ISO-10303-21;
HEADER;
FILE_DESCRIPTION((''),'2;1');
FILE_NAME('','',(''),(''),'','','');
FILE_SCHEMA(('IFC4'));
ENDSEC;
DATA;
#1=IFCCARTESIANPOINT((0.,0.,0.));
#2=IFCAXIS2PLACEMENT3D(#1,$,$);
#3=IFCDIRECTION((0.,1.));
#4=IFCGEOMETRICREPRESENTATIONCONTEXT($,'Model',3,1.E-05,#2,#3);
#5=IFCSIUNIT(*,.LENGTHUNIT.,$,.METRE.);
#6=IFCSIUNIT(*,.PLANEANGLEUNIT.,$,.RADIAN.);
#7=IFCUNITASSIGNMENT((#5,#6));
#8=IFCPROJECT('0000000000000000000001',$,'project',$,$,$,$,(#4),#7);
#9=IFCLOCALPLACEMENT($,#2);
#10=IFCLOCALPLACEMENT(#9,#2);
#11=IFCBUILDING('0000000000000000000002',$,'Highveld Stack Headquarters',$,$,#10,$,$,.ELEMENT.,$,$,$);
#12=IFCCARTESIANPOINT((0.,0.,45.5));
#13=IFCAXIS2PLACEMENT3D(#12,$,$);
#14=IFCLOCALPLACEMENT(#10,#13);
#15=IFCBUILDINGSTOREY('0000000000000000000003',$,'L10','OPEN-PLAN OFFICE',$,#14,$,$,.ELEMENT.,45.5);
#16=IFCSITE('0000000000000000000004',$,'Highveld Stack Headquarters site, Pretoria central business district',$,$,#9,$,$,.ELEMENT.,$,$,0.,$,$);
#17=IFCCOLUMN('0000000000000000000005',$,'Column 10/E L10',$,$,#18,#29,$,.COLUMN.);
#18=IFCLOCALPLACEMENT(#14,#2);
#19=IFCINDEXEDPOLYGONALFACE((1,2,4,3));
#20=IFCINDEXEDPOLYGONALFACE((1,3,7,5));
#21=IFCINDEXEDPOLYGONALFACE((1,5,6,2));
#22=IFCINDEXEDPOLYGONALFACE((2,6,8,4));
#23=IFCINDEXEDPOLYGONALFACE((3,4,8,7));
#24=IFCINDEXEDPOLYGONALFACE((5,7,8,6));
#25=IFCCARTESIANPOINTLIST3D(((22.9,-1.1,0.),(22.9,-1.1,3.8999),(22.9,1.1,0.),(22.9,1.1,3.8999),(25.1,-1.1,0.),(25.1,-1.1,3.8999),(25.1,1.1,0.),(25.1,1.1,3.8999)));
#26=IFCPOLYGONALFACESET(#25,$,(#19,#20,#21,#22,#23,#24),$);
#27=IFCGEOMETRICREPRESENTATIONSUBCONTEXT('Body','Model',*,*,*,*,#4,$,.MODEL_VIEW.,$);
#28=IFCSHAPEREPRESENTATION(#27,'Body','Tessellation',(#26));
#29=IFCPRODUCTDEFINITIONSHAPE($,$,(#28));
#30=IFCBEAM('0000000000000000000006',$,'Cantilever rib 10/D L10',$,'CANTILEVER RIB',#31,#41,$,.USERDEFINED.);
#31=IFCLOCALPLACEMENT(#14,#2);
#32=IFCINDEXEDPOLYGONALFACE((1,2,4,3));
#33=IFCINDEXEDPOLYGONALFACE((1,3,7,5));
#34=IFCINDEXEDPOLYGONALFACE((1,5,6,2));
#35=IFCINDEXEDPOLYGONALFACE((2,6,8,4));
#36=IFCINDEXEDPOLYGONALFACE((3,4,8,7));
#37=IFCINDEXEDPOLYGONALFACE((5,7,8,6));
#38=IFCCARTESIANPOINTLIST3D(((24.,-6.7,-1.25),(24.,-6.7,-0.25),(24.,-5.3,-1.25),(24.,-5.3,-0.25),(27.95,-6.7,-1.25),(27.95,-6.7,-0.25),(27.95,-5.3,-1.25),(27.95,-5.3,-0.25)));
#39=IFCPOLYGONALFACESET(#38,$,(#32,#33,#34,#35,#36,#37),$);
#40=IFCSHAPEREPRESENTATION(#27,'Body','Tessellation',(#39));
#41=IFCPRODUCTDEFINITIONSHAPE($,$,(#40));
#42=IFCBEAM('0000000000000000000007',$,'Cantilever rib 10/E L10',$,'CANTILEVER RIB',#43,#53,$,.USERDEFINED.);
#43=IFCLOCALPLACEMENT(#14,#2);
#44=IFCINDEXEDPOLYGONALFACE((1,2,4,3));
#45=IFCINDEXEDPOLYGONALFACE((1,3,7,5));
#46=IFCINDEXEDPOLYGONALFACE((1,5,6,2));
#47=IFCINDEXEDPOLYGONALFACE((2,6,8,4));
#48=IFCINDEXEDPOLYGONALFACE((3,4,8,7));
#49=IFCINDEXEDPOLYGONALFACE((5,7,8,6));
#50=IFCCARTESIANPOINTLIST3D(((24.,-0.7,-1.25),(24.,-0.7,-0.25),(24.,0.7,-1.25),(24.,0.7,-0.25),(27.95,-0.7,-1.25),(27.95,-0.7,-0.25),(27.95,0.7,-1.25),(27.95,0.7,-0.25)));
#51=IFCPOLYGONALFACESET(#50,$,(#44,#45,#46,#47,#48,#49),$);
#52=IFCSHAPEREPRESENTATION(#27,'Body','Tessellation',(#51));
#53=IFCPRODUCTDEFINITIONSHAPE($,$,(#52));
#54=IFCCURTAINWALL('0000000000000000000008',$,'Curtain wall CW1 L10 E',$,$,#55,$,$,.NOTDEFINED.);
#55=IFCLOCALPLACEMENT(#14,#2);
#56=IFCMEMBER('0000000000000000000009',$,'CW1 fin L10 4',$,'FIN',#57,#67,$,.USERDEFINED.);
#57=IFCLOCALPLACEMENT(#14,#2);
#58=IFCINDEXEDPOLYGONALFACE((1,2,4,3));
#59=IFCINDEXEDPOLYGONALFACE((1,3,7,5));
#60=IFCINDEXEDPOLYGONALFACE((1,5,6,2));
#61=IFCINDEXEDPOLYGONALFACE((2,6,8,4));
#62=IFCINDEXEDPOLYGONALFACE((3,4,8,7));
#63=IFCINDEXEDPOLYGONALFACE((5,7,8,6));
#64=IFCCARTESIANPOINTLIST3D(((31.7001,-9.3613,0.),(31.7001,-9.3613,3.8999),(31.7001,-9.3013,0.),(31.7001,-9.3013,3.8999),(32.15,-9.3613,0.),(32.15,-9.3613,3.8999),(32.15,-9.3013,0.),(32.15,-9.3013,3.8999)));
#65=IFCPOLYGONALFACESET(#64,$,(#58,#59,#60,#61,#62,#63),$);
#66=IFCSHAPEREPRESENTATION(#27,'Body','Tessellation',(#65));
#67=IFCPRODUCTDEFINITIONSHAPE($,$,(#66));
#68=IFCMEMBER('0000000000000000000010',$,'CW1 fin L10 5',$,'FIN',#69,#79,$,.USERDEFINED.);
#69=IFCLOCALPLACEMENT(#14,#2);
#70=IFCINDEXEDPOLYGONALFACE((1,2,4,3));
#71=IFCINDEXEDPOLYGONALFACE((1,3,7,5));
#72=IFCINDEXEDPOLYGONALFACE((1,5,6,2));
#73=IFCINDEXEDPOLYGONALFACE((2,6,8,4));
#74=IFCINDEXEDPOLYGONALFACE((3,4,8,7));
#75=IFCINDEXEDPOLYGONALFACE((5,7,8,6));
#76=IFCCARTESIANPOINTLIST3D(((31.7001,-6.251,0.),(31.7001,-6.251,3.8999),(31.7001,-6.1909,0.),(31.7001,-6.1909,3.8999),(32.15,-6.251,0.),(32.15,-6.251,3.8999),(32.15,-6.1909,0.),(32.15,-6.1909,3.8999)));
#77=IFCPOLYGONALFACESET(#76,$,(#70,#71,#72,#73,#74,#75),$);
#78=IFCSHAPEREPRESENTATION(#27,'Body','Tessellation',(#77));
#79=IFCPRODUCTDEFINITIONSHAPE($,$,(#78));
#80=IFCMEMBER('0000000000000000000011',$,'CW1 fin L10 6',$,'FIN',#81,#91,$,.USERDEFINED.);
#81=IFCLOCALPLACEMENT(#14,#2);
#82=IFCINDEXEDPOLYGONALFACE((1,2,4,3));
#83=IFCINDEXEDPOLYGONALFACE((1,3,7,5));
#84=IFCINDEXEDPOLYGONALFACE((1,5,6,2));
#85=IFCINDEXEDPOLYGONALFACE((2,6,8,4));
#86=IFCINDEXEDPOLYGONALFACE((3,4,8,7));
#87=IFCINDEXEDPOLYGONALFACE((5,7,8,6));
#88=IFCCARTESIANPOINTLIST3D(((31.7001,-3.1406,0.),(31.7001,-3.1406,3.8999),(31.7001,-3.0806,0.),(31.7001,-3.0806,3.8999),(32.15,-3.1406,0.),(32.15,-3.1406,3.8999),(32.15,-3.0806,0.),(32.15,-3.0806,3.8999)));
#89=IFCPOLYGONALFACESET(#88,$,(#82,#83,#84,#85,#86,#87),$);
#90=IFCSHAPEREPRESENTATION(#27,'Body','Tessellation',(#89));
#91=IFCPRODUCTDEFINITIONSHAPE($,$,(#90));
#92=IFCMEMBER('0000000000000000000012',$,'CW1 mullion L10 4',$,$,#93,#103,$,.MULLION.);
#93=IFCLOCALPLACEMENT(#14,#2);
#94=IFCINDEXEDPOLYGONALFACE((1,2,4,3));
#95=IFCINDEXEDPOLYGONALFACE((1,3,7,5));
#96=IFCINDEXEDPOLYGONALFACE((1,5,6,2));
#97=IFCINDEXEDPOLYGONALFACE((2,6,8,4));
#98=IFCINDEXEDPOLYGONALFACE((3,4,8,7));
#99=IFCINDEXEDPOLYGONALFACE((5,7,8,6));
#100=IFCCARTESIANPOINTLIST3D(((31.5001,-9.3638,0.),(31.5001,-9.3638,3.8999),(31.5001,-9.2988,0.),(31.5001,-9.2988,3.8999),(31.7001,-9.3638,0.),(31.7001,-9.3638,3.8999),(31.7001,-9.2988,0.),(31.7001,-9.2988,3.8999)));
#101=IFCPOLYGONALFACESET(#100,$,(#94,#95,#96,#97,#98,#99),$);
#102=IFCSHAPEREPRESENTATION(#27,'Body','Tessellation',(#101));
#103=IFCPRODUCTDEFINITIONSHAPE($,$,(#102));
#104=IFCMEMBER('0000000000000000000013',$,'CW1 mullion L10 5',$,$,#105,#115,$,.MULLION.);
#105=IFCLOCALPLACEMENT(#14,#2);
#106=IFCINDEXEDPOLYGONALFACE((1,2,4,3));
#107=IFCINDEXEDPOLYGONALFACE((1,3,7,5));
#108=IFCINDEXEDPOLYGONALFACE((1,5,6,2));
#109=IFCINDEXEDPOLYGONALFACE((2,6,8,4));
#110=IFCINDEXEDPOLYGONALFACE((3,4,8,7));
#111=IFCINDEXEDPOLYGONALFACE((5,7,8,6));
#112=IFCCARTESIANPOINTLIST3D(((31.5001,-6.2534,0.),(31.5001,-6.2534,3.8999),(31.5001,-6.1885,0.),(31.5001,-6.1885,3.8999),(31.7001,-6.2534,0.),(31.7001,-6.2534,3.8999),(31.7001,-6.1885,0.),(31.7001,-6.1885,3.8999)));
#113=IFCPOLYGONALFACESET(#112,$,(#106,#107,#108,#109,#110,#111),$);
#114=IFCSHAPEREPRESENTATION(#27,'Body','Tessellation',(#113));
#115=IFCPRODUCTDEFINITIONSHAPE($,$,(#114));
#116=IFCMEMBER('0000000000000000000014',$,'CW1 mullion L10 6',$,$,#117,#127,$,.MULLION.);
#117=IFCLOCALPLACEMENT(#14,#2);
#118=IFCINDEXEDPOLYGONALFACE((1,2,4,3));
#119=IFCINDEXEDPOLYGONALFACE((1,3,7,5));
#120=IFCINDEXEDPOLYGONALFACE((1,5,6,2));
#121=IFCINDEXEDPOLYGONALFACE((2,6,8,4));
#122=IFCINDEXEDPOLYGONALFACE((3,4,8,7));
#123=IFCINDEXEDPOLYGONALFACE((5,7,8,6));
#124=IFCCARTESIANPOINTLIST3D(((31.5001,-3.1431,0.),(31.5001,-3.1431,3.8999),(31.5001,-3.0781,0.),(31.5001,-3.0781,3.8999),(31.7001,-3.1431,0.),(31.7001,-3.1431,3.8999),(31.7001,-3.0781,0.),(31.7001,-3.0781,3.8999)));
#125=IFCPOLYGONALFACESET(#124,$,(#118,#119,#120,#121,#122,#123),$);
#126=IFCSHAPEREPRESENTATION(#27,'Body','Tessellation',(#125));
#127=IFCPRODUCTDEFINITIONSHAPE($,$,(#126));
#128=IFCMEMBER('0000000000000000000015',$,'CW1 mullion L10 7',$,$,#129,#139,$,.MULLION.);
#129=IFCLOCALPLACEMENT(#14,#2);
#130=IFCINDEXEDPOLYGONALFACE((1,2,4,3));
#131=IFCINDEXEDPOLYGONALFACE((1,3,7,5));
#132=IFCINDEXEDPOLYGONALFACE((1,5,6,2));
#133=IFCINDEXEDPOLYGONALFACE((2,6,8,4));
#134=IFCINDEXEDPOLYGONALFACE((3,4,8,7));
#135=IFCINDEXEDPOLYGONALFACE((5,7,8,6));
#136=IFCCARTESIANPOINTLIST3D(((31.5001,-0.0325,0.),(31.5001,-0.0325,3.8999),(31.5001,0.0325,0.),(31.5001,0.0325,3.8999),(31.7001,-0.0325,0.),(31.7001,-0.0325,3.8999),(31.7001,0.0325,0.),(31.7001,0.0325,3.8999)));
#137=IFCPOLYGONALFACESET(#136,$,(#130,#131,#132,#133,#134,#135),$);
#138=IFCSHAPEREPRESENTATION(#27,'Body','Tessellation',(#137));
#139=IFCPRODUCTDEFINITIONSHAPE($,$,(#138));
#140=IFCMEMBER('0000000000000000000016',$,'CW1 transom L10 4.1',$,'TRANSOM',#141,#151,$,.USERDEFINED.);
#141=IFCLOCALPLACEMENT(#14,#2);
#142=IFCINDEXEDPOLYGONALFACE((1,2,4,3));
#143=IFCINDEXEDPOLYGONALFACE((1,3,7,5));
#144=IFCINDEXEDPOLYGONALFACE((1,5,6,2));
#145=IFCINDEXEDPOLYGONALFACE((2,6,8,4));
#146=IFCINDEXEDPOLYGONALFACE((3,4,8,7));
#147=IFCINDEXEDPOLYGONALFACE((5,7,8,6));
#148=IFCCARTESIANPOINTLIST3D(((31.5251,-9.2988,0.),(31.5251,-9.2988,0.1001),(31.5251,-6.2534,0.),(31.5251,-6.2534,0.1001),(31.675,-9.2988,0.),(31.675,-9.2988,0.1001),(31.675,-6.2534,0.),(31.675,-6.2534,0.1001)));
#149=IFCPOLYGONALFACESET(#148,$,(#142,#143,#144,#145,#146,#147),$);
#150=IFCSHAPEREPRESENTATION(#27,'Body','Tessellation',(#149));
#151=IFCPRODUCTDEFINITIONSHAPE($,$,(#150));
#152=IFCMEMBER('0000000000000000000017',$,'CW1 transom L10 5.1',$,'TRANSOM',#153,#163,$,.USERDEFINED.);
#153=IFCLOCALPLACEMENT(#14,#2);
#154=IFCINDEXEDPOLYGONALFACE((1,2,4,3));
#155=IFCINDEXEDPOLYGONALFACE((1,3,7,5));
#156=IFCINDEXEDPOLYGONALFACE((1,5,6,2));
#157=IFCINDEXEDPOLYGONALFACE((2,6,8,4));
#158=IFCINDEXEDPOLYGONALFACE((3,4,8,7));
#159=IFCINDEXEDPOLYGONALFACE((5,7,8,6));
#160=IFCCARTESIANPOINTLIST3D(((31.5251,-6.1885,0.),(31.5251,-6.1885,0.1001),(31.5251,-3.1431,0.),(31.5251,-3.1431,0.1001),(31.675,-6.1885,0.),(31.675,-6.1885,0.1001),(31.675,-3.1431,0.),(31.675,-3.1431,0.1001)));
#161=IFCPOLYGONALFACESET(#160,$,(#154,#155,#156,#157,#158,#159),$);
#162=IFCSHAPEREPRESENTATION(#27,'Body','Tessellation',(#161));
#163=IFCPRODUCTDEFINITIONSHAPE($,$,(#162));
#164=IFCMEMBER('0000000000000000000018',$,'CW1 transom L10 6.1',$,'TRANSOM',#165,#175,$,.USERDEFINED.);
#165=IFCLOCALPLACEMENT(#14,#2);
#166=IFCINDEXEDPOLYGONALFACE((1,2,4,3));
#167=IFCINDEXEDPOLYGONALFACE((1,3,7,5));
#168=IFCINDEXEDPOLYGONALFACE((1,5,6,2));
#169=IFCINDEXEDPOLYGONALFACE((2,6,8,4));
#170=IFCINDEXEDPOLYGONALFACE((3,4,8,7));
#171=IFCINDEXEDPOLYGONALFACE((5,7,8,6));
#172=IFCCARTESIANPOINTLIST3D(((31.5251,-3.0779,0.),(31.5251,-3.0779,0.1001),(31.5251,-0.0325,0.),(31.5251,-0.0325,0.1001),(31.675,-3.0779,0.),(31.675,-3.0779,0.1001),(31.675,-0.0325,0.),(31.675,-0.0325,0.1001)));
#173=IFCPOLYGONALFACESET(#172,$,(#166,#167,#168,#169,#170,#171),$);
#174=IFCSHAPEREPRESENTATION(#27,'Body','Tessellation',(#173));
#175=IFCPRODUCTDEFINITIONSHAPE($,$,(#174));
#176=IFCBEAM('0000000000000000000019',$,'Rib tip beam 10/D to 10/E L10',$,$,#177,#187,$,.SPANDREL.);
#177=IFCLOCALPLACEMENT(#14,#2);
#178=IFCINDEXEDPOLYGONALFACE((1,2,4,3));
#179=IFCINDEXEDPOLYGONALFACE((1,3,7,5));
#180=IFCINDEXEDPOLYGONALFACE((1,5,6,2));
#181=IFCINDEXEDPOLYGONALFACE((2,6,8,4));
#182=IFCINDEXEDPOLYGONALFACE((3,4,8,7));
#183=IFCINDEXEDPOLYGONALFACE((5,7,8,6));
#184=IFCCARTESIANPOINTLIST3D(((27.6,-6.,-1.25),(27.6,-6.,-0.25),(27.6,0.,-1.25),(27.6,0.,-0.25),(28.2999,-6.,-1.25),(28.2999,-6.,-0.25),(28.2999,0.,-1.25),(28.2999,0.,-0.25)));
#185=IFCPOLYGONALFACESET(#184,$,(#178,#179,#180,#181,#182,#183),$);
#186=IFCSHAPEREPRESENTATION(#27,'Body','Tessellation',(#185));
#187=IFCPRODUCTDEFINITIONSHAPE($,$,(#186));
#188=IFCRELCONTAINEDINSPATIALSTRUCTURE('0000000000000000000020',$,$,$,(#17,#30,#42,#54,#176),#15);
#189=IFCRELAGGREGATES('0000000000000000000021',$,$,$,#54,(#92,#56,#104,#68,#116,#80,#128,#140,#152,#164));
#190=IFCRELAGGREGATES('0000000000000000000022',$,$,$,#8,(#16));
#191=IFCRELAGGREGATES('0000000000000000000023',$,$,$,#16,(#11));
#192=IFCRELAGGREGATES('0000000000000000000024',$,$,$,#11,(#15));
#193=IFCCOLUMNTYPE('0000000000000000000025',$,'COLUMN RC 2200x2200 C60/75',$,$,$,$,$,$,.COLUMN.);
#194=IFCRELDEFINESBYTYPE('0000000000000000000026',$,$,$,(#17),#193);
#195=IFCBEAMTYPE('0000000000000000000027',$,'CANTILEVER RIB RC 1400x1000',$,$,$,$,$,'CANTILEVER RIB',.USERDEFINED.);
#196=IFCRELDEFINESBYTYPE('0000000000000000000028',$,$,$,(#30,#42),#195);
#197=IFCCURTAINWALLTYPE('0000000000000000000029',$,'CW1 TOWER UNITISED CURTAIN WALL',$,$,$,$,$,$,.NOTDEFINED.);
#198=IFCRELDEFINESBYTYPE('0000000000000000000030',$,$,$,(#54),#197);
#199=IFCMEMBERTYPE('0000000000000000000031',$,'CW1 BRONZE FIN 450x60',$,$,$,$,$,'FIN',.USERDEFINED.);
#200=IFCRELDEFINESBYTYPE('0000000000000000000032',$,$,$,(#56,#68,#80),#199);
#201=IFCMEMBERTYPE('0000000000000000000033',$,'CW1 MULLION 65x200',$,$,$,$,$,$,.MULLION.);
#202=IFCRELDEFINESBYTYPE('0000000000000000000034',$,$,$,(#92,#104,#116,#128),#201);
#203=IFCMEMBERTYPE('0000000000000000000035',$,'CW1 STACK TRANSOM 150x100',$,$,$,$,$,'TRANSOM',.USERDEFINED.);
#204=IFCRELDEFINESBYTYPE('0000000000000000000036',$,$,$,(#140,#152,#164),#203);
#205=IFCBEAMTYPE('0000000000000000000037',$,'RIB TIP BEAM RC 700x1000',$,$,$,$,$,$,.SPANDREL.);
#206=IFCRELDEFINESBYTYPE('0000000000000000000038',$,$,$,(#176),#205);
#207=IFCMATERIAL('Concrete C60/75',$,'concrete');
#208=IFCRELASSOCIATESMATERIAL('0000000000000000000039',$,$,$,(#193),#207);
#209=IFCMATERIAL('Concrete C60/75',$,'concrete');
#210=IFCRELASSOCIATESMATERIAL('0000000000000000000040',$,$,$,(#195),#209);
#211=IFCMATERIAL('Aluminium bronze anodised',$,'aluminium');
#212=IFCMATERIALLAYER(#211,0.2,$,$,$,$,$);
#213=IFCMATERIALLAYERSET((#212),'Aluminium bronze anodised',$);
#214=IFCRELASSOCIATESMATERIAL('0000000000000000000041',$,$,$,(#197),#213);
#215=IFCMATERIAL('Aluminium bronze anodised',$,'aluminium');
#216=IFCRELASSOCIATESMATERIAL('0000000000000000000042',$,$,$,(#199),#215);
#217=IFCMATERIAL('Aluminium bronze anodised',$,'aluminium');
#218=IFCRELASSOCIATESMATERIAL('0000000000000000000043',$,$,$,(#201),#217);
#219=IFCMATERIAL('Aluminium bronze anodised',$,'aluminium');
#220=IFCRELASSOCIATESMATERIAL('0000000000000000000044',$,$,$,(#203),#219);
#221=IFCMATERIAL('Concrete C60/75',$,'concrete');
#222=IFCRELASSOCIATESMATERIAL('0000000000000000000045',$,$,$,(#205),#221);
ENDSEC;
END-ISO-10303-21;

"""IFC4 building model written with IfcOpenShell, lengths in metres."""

from ifc_helpers import new_model, si_unit, direction, frame, origin, origin_2d, place, context, subcontext, project, spatial, rectangle, extrude, material, layer, layer_set, material_profile, profile_set, type_object, element, aggregate, save


model = new_model("IFC4")

# Units and contexts
model_context = context("Model", 3, precision=1e-05, world=origin(), true_north=direction((0.0, 1.0)))
body_context = subcontext(model_context, "Body", "Model", "MODEL_VIEW")
ifc_project = project(units=[si_unit("LENGTHUNIT", "METRE"), si_unit("PLANEANGLEUNIT", "RADIAN")], contexts=[model_context])

# Site, building, storey
site_placement = place(None, origin())
site = spatial("IfcSite", under=ifc_project, at=site_placement, Name="Highveld Stack Headquarters site, Pretoria central business district", CompositionType="ELEMENT", RefElevation=0.0)
building_placement = place(site_placement, origin())
building = spatial("IfcBuilding", under=site, at=building_placement, Name="Highveld Stack Headquarters", CompositionType="ELEMENT")
storey_placement = place(building_placement, frame((0.0, 0.0, 45.5)))
storey = spatial("IfcBuildingStorey", under=building, at=storey_placement, Name="L10", Description="OPEN-PLAN OFFICE", CompositionType="ELEMENT", Elevation=45.5)

# Column
ifc_material_1 = material(Name="Concrete C60/75", Category="concrete")
ifc_material_profile_1 = material_profile(ifc_material_1, rectangle(XDim=2.2, YDim=2.2, at=origin_2d()), Name="RC 2200x2200")
ifc_profile_set_1 = profile_set([ifc_material_profile_1], Name="Concrete C60/75")
column_type = type_object("IfcColumnType", Name="COLUMN RC 2200x2200 C60/75", PredefinedType="COLUMN", material=ifc_profile_set_1)
column_placement = place(storey_placement, frame((24.0, 0.0, 0.0), z_axis=(0.0, 0.0, 1.0), x_axis=(1.0, 0.0, 0.0)))
element("IfcColumn", 1, at=column_placement, inside=storey, type_object=column_type, Name="Column 10/E L10", PredefinedType="COLUMN", context=body_context, shape_type="SweptSolid", body=[
    extrude(rectangle(XDim=2.2, YDim=2.2, at=origin_2d()), origin(), (0.0, 0.0, 1.0), 3.8999),
])

# Beams
ifc_material_2 = material(Name="Concrete C60/75", Category="concrete")
ifc_material_profile_2 = material_profile(ifc_material_2, rectangle(XDim=1.3999, YDim=1.0, at=origin_2d()), Name="RC 1400x1000")
ifc_profile_set_2 = profile_set([ifc_material_profile_2], Name="Concrete C60/75")
beam_type_1 = type_object("IfcBeamType", Name="CANTILEVER RIB RC 1400x1000", ElementType="CANTILEVER RIB", PredefinedType="USERDEFINED", material=ifc_profile_set_2)
for number, where, z_axis, x_axis, name in (
    (2, (24.0, -6.0, -0.75), (1.0, 0.0, 0.0), (0.0, 1.0, 0.0), "Cantilever rib 10/D L10"),
    (3, (24.0, 0.0, -0.75), (1.0, 0.0, 0.0), (0.0, 1.0, 0.0), "Cantilever rib 10/E L10"),
):
    element("IfcBeam", number, at=place(storey_placement, frame(where, z_axis=z_axis, x_axis=x_axis)), inside=storey, type_object=beam_type_1, Name=name, ObjectType="CANTILEVER RIB", PredefinedType="USERDEFINED", context=body_context, shape_type="SweptSolid", body=[
        extrude(rectangle(XDim=1.3999, YDim=1.0, at=origin_2d()), origin(), (0.0, 0.0, 1.0), 3.95),
    ])

# Curtain wall, members
ifc_material_3 = material(Name="Aluminium bronze anodised", Category="aluminium")
ifc_layer_1 = layer(ifc_material_3, 0.2)
ifc_layer_set_1 = layer_set([ifc_layer_1], Name="Aluminium bronze anodised")
curtain_wall_type = type_object("IfcCurtainWallType", Name="CW1 TOWER UNITISED CURTAIN WALL", PredefinedType="NOTDEFINED", material=ifc_layer_set_1)
curtain_wall_placement = place(storey_placement, origin())
curtain_wall = element("IfcCurtainWall", 4, at=curtain_wall_placement, inside=storey, type_object=curtain_wall_type, Name="Curtain wall CW1 L10 E", PredefinedType="NOTDEFINED")
ifc_material_4 = material(Name="Aluminium bronze anodised", Category="aluminium")
ifc_material_profile_3 = material_profile(ifc_material_4, rectangle(XDim=0.45, YDim=0.0601, at=origin_2d()), Name="FIN 450x60")
ifc_profile_set_3 = profile_set([ifc_material_profile_3], Name="Aluminium bronze anodised")
member_type_1 = type_object("IfcMemberType", Name="CW1 BRONZE FIN 450x60", ElementType="FIN", PredefinedType="USERDEFINED", material=ifc_profile_set_3)
member_1_placement = place(storey_placement, frame((31.925, -9.3313, 0.0), z_axis=(0.0, 0.0, 1.0), x_axis=(-1.0, 0.0, 0.0)))
member_1 = element("IfcMember", 5, at=member_1_placement, type_object=member_type_1, Name="CW1 fin L10 4", ObjectType="FIN", PredefinedType="USERDEFINED", context=body_context, shape_type="SweptSolid", body=[
    extrude(rectangle(XDim=0.45, YDim=0.0601, at=origin_2d()), origin(), (0.0, 0.0, 1.0), 3.8999),
])
member_2_placement = place(storey_placement, frame((31.925, -6.2209, 0.0), z_axis=(0.0, 0.0, 1.0), x_axis=(-1.0, 0.0, 0.0)))
member_2 = element("IfcMember", 6, at=member_2_placement, type_object=member_type_1, Name="CW1 fin L10 5", ObjectType="FIN", PredefinedType="USERDEFINED", context=body_context, shape_type="SweptSolid", body=[
    extrude(rectangle(XDim=0.45, YDim=0.0601, at=origin_2d()), origin(), (0.0, 0.0, 1.0), 3.8999),
])
member_3_placement = place(storey_placement, frame((31.925, -3.1106, 0.0), z_axis=(0.0, 0.0, 1.0), x_axis=(-1.0, 0.0, 0.0)))
member_3 = element("IfcMember", 7, at=member_3_placement, type_object=member_type_1, Name="CW1 fin L10 6", ObjectType="FIN", PredefinedType="USERDEFINED", context=body_context, shape_type="SweptSolid", body=[
    extrude(rectangle(XDim=0.45, YDim=0.0601, at=origin_2d()), origin(), (0.0, 0.0, 1.0), 3.8999),
])
ifc_material_5 = material(Name="Aluminium bronze anodised", Category="aluminium")
ifc_material_profile_4 = material_profile(ifc_material_5, rectangle(XDim=0.2, YDim=0.0649, at=origin_2d()), Name="CW1 MULLION 65x200")
ifc_profile_set_4 = profile_set([ifc_material_profile_4], Name="Aluminium bronze anodised")
member_type_2 = type_object("IfcMemberType", Name="CW1 MULLION 65x200", PredefinedType="MULLION", material=ifc_profile_set_4)
member_4_placement = place(storey_placement, frame((31.6001, -9.3313, 0.0), z_axis=(0.0, 0.0, 1.0), x_axis=(-1.0, 0.0, 0.0)))
member_4 = element("IfcMember", 8, at=member_4_placement, type_object=member_type_2, Name="CW1 mullion L10 4", PredefinedType="MULLION", context=body_context, shape_type="SweptSolid", body=[
    extrude(rectangle(XDim=0.2, YDim=0.0649, at=origin_2d()), origin(), (0.0, 0.0, 1.0), 3.8999),
])
member_5_placement = place(storey_placement, frame((31.6001, -6.2209, 0.0), z_axis=(0.0, 0.0, 1.0), x_axis=(-1.0, 0.0, 0.0)))
member_5 = element("IfcMember", 9, at=member_5_placement, type_object=member_type_2, Name="CW1 mullion L10 5", PredefinedType="MULLION", context=body_context, shape_type="SweptSolid", body=[
    extrude(rectangle(XDim=0.2, YDim=0.0649, at=origin_2d()), origin(), (0.0, 0.0, 1.0), 3.8999),
])
member_6_placement = place(storey_placement, frame((31.6001, -3.1106, 0.0), z_axis=(0.0, 0.0, 1.0), x_axis=(-1.0, 0.0, 0.0)))
member_6 = element("IfcMember", 10, at=member_6_placement, type_object=member_type_2, Name="CW1 mullion L10 6", PredefinedType="MULLION", context=body_context, shape_type="SweptSolid", body=[
    extrude(rectangle(XDim=0.2, YDim=0.0649, at=origin_2d()), origin(), (0.0, 0.0, 1.0), 3.8999),
])
member_7_placement = place(storey_placement, frame((31.6001, 0.0, 0.0), z_axis=(0.0, 0.0, 1.0), x_axis=(-1.0, 0.0, 0.0)))
member_7 = element("IfcMember", 11, at=member_7_placement, type_object=member_type_2, Name="CW1 mullion L10 7", PredefinedType="MULLION", context=body_context, shape_type="SweptSolid", body=[
    extrude(rectangle(XDim=0.2, YDim=0.0649, at=origin_2d()), origin(), (0.0, 0.0, 1.0), 3.8999),
])
ifc_material_6 = material(Name="Aluminium bronze anodised", Category="aluminium")
ifc_material_profile_5 = material_profile(ifc_material_6, rectangle(XDim=0.1499, YDim=0.1001, at=origin_2d()), Name="CW1 TRANSOM 150x100")
ifc_profile_set_5 = profile_set([ifc_material_profile_5], Name="Aluminium bronze anodised")
member_type_3 = type_object("IfcMemberType", Name="CW1 STACK TRANSOM 150x100", ElementType="TRANSOM", PredefinedType="USERDEFINED", material=ifc_profile_set_5)
member_8_placement = place(storey_placement, frame((31.6001, -9.2988, 0.05), z_axis=(0.0, 1.0, 0.0), x_axis=(-1.0, 0.0, 0.0)))
member_8 = element("IfcMember", 12, at=member_8_placement, type_object=member_type_3, Name="CW1 transom L10 4.1", ObjectType="TRANSOM", PredefinedType="USERDEFINED", context=body_context, shape_type="SweptSolid", body=[
    extrude(rectangle(XDim=0.1499, YDim=0.1001, at=origin_2d()), origin(), (0.0, 0.0, 1.0), 3.0454),
])
member_9_placement = place(storey_placement, frame((31.6001, -6.1885, 0.05), z_axis=(0.0, 1.0, 0.0), x_axis=(-1.0, 0.0, 0.0)))
member_9 = element("IfcMember", 13, at=member_9_placement, type_object=member_type_3, Name="CW1 transom L10 5.1", ObjectType="TRANSOM", PredefinedType="USERDEFINED", context=body_context, shape_type="SweptSolid", body=[
    extrude(rectangle(XDim=0.1499, YDim=0.1001, at=origin_2d()), origin(), (0.0, 0.0, 1.0), 3.0454),
])
member_10_placement = place(storey_placement, frame((31.6001, -3.0779, 0.05), z_axis=(0.0, 1.0, 0.0), x_axis=(-1.0, 0.0, 0.0)))
member_10 = element("IfcMember", 14, at=member_10_placement, type_object=member_type_3, Name="CW1 transom L10 6.1", ObjectType="TRANSOM", PredefinedType="USERDEFINED", context=body_context, shape_type="SweptSolid", body=[
    extrude(rectangle(XDim=0.1499, YDim=0.1001, at=origin_2d()), origin(), (0.0, 0.0, 1.0), 3.0454),
])

# Beam
ifc_material_7 = material(Name="Concrete C60/75", Category="concrete")
ifc_material_profile_6 = material_profile(ifc_material_7, rectangle(XDim=0.7, YDim=1.0, at=origin_2d()), Name="RC 700x1000")
ifc_profile_set_6 = profile_set([ifc_material_profile_6], Name="Concrete C60/75")
beam_type_2 = type_object("IfcBeamType", Name="RIB TIP BEAM RC 700x1000", PredefinedType="SPANDREL", material=ifc_profile_set_6)
for number, where, z_axis, x_axis, name in (
    (15, (27.95, -6.0, -0.75), (0.0, 1.0, 0.0), (-1.0, 0.0, 0.0), "Rib tip beam 10/D to 10/E L10"),
):
    element("IfcBeam", number, at=place(storey_placement, frame(where, z_axis=z_axis, x_axis=x_axis)), inside=storey, type_object=beam_type_2, Name=name, PredefinedType="SPANDREL", context=body_context, shape_type="SweptSolid", body=[
        extrude(rectangle(XDim=0.7, YDim=1.0, at=origin_2d()), origin(), (0.0, 0.0, 1.0), 6.0),
    ])

aggregate(curtain_wall, [member_4, member_1, member_5, member_2, member_6, member_3, member_7, member_8, member_9, member_10])

save(model, "model.ifc")
